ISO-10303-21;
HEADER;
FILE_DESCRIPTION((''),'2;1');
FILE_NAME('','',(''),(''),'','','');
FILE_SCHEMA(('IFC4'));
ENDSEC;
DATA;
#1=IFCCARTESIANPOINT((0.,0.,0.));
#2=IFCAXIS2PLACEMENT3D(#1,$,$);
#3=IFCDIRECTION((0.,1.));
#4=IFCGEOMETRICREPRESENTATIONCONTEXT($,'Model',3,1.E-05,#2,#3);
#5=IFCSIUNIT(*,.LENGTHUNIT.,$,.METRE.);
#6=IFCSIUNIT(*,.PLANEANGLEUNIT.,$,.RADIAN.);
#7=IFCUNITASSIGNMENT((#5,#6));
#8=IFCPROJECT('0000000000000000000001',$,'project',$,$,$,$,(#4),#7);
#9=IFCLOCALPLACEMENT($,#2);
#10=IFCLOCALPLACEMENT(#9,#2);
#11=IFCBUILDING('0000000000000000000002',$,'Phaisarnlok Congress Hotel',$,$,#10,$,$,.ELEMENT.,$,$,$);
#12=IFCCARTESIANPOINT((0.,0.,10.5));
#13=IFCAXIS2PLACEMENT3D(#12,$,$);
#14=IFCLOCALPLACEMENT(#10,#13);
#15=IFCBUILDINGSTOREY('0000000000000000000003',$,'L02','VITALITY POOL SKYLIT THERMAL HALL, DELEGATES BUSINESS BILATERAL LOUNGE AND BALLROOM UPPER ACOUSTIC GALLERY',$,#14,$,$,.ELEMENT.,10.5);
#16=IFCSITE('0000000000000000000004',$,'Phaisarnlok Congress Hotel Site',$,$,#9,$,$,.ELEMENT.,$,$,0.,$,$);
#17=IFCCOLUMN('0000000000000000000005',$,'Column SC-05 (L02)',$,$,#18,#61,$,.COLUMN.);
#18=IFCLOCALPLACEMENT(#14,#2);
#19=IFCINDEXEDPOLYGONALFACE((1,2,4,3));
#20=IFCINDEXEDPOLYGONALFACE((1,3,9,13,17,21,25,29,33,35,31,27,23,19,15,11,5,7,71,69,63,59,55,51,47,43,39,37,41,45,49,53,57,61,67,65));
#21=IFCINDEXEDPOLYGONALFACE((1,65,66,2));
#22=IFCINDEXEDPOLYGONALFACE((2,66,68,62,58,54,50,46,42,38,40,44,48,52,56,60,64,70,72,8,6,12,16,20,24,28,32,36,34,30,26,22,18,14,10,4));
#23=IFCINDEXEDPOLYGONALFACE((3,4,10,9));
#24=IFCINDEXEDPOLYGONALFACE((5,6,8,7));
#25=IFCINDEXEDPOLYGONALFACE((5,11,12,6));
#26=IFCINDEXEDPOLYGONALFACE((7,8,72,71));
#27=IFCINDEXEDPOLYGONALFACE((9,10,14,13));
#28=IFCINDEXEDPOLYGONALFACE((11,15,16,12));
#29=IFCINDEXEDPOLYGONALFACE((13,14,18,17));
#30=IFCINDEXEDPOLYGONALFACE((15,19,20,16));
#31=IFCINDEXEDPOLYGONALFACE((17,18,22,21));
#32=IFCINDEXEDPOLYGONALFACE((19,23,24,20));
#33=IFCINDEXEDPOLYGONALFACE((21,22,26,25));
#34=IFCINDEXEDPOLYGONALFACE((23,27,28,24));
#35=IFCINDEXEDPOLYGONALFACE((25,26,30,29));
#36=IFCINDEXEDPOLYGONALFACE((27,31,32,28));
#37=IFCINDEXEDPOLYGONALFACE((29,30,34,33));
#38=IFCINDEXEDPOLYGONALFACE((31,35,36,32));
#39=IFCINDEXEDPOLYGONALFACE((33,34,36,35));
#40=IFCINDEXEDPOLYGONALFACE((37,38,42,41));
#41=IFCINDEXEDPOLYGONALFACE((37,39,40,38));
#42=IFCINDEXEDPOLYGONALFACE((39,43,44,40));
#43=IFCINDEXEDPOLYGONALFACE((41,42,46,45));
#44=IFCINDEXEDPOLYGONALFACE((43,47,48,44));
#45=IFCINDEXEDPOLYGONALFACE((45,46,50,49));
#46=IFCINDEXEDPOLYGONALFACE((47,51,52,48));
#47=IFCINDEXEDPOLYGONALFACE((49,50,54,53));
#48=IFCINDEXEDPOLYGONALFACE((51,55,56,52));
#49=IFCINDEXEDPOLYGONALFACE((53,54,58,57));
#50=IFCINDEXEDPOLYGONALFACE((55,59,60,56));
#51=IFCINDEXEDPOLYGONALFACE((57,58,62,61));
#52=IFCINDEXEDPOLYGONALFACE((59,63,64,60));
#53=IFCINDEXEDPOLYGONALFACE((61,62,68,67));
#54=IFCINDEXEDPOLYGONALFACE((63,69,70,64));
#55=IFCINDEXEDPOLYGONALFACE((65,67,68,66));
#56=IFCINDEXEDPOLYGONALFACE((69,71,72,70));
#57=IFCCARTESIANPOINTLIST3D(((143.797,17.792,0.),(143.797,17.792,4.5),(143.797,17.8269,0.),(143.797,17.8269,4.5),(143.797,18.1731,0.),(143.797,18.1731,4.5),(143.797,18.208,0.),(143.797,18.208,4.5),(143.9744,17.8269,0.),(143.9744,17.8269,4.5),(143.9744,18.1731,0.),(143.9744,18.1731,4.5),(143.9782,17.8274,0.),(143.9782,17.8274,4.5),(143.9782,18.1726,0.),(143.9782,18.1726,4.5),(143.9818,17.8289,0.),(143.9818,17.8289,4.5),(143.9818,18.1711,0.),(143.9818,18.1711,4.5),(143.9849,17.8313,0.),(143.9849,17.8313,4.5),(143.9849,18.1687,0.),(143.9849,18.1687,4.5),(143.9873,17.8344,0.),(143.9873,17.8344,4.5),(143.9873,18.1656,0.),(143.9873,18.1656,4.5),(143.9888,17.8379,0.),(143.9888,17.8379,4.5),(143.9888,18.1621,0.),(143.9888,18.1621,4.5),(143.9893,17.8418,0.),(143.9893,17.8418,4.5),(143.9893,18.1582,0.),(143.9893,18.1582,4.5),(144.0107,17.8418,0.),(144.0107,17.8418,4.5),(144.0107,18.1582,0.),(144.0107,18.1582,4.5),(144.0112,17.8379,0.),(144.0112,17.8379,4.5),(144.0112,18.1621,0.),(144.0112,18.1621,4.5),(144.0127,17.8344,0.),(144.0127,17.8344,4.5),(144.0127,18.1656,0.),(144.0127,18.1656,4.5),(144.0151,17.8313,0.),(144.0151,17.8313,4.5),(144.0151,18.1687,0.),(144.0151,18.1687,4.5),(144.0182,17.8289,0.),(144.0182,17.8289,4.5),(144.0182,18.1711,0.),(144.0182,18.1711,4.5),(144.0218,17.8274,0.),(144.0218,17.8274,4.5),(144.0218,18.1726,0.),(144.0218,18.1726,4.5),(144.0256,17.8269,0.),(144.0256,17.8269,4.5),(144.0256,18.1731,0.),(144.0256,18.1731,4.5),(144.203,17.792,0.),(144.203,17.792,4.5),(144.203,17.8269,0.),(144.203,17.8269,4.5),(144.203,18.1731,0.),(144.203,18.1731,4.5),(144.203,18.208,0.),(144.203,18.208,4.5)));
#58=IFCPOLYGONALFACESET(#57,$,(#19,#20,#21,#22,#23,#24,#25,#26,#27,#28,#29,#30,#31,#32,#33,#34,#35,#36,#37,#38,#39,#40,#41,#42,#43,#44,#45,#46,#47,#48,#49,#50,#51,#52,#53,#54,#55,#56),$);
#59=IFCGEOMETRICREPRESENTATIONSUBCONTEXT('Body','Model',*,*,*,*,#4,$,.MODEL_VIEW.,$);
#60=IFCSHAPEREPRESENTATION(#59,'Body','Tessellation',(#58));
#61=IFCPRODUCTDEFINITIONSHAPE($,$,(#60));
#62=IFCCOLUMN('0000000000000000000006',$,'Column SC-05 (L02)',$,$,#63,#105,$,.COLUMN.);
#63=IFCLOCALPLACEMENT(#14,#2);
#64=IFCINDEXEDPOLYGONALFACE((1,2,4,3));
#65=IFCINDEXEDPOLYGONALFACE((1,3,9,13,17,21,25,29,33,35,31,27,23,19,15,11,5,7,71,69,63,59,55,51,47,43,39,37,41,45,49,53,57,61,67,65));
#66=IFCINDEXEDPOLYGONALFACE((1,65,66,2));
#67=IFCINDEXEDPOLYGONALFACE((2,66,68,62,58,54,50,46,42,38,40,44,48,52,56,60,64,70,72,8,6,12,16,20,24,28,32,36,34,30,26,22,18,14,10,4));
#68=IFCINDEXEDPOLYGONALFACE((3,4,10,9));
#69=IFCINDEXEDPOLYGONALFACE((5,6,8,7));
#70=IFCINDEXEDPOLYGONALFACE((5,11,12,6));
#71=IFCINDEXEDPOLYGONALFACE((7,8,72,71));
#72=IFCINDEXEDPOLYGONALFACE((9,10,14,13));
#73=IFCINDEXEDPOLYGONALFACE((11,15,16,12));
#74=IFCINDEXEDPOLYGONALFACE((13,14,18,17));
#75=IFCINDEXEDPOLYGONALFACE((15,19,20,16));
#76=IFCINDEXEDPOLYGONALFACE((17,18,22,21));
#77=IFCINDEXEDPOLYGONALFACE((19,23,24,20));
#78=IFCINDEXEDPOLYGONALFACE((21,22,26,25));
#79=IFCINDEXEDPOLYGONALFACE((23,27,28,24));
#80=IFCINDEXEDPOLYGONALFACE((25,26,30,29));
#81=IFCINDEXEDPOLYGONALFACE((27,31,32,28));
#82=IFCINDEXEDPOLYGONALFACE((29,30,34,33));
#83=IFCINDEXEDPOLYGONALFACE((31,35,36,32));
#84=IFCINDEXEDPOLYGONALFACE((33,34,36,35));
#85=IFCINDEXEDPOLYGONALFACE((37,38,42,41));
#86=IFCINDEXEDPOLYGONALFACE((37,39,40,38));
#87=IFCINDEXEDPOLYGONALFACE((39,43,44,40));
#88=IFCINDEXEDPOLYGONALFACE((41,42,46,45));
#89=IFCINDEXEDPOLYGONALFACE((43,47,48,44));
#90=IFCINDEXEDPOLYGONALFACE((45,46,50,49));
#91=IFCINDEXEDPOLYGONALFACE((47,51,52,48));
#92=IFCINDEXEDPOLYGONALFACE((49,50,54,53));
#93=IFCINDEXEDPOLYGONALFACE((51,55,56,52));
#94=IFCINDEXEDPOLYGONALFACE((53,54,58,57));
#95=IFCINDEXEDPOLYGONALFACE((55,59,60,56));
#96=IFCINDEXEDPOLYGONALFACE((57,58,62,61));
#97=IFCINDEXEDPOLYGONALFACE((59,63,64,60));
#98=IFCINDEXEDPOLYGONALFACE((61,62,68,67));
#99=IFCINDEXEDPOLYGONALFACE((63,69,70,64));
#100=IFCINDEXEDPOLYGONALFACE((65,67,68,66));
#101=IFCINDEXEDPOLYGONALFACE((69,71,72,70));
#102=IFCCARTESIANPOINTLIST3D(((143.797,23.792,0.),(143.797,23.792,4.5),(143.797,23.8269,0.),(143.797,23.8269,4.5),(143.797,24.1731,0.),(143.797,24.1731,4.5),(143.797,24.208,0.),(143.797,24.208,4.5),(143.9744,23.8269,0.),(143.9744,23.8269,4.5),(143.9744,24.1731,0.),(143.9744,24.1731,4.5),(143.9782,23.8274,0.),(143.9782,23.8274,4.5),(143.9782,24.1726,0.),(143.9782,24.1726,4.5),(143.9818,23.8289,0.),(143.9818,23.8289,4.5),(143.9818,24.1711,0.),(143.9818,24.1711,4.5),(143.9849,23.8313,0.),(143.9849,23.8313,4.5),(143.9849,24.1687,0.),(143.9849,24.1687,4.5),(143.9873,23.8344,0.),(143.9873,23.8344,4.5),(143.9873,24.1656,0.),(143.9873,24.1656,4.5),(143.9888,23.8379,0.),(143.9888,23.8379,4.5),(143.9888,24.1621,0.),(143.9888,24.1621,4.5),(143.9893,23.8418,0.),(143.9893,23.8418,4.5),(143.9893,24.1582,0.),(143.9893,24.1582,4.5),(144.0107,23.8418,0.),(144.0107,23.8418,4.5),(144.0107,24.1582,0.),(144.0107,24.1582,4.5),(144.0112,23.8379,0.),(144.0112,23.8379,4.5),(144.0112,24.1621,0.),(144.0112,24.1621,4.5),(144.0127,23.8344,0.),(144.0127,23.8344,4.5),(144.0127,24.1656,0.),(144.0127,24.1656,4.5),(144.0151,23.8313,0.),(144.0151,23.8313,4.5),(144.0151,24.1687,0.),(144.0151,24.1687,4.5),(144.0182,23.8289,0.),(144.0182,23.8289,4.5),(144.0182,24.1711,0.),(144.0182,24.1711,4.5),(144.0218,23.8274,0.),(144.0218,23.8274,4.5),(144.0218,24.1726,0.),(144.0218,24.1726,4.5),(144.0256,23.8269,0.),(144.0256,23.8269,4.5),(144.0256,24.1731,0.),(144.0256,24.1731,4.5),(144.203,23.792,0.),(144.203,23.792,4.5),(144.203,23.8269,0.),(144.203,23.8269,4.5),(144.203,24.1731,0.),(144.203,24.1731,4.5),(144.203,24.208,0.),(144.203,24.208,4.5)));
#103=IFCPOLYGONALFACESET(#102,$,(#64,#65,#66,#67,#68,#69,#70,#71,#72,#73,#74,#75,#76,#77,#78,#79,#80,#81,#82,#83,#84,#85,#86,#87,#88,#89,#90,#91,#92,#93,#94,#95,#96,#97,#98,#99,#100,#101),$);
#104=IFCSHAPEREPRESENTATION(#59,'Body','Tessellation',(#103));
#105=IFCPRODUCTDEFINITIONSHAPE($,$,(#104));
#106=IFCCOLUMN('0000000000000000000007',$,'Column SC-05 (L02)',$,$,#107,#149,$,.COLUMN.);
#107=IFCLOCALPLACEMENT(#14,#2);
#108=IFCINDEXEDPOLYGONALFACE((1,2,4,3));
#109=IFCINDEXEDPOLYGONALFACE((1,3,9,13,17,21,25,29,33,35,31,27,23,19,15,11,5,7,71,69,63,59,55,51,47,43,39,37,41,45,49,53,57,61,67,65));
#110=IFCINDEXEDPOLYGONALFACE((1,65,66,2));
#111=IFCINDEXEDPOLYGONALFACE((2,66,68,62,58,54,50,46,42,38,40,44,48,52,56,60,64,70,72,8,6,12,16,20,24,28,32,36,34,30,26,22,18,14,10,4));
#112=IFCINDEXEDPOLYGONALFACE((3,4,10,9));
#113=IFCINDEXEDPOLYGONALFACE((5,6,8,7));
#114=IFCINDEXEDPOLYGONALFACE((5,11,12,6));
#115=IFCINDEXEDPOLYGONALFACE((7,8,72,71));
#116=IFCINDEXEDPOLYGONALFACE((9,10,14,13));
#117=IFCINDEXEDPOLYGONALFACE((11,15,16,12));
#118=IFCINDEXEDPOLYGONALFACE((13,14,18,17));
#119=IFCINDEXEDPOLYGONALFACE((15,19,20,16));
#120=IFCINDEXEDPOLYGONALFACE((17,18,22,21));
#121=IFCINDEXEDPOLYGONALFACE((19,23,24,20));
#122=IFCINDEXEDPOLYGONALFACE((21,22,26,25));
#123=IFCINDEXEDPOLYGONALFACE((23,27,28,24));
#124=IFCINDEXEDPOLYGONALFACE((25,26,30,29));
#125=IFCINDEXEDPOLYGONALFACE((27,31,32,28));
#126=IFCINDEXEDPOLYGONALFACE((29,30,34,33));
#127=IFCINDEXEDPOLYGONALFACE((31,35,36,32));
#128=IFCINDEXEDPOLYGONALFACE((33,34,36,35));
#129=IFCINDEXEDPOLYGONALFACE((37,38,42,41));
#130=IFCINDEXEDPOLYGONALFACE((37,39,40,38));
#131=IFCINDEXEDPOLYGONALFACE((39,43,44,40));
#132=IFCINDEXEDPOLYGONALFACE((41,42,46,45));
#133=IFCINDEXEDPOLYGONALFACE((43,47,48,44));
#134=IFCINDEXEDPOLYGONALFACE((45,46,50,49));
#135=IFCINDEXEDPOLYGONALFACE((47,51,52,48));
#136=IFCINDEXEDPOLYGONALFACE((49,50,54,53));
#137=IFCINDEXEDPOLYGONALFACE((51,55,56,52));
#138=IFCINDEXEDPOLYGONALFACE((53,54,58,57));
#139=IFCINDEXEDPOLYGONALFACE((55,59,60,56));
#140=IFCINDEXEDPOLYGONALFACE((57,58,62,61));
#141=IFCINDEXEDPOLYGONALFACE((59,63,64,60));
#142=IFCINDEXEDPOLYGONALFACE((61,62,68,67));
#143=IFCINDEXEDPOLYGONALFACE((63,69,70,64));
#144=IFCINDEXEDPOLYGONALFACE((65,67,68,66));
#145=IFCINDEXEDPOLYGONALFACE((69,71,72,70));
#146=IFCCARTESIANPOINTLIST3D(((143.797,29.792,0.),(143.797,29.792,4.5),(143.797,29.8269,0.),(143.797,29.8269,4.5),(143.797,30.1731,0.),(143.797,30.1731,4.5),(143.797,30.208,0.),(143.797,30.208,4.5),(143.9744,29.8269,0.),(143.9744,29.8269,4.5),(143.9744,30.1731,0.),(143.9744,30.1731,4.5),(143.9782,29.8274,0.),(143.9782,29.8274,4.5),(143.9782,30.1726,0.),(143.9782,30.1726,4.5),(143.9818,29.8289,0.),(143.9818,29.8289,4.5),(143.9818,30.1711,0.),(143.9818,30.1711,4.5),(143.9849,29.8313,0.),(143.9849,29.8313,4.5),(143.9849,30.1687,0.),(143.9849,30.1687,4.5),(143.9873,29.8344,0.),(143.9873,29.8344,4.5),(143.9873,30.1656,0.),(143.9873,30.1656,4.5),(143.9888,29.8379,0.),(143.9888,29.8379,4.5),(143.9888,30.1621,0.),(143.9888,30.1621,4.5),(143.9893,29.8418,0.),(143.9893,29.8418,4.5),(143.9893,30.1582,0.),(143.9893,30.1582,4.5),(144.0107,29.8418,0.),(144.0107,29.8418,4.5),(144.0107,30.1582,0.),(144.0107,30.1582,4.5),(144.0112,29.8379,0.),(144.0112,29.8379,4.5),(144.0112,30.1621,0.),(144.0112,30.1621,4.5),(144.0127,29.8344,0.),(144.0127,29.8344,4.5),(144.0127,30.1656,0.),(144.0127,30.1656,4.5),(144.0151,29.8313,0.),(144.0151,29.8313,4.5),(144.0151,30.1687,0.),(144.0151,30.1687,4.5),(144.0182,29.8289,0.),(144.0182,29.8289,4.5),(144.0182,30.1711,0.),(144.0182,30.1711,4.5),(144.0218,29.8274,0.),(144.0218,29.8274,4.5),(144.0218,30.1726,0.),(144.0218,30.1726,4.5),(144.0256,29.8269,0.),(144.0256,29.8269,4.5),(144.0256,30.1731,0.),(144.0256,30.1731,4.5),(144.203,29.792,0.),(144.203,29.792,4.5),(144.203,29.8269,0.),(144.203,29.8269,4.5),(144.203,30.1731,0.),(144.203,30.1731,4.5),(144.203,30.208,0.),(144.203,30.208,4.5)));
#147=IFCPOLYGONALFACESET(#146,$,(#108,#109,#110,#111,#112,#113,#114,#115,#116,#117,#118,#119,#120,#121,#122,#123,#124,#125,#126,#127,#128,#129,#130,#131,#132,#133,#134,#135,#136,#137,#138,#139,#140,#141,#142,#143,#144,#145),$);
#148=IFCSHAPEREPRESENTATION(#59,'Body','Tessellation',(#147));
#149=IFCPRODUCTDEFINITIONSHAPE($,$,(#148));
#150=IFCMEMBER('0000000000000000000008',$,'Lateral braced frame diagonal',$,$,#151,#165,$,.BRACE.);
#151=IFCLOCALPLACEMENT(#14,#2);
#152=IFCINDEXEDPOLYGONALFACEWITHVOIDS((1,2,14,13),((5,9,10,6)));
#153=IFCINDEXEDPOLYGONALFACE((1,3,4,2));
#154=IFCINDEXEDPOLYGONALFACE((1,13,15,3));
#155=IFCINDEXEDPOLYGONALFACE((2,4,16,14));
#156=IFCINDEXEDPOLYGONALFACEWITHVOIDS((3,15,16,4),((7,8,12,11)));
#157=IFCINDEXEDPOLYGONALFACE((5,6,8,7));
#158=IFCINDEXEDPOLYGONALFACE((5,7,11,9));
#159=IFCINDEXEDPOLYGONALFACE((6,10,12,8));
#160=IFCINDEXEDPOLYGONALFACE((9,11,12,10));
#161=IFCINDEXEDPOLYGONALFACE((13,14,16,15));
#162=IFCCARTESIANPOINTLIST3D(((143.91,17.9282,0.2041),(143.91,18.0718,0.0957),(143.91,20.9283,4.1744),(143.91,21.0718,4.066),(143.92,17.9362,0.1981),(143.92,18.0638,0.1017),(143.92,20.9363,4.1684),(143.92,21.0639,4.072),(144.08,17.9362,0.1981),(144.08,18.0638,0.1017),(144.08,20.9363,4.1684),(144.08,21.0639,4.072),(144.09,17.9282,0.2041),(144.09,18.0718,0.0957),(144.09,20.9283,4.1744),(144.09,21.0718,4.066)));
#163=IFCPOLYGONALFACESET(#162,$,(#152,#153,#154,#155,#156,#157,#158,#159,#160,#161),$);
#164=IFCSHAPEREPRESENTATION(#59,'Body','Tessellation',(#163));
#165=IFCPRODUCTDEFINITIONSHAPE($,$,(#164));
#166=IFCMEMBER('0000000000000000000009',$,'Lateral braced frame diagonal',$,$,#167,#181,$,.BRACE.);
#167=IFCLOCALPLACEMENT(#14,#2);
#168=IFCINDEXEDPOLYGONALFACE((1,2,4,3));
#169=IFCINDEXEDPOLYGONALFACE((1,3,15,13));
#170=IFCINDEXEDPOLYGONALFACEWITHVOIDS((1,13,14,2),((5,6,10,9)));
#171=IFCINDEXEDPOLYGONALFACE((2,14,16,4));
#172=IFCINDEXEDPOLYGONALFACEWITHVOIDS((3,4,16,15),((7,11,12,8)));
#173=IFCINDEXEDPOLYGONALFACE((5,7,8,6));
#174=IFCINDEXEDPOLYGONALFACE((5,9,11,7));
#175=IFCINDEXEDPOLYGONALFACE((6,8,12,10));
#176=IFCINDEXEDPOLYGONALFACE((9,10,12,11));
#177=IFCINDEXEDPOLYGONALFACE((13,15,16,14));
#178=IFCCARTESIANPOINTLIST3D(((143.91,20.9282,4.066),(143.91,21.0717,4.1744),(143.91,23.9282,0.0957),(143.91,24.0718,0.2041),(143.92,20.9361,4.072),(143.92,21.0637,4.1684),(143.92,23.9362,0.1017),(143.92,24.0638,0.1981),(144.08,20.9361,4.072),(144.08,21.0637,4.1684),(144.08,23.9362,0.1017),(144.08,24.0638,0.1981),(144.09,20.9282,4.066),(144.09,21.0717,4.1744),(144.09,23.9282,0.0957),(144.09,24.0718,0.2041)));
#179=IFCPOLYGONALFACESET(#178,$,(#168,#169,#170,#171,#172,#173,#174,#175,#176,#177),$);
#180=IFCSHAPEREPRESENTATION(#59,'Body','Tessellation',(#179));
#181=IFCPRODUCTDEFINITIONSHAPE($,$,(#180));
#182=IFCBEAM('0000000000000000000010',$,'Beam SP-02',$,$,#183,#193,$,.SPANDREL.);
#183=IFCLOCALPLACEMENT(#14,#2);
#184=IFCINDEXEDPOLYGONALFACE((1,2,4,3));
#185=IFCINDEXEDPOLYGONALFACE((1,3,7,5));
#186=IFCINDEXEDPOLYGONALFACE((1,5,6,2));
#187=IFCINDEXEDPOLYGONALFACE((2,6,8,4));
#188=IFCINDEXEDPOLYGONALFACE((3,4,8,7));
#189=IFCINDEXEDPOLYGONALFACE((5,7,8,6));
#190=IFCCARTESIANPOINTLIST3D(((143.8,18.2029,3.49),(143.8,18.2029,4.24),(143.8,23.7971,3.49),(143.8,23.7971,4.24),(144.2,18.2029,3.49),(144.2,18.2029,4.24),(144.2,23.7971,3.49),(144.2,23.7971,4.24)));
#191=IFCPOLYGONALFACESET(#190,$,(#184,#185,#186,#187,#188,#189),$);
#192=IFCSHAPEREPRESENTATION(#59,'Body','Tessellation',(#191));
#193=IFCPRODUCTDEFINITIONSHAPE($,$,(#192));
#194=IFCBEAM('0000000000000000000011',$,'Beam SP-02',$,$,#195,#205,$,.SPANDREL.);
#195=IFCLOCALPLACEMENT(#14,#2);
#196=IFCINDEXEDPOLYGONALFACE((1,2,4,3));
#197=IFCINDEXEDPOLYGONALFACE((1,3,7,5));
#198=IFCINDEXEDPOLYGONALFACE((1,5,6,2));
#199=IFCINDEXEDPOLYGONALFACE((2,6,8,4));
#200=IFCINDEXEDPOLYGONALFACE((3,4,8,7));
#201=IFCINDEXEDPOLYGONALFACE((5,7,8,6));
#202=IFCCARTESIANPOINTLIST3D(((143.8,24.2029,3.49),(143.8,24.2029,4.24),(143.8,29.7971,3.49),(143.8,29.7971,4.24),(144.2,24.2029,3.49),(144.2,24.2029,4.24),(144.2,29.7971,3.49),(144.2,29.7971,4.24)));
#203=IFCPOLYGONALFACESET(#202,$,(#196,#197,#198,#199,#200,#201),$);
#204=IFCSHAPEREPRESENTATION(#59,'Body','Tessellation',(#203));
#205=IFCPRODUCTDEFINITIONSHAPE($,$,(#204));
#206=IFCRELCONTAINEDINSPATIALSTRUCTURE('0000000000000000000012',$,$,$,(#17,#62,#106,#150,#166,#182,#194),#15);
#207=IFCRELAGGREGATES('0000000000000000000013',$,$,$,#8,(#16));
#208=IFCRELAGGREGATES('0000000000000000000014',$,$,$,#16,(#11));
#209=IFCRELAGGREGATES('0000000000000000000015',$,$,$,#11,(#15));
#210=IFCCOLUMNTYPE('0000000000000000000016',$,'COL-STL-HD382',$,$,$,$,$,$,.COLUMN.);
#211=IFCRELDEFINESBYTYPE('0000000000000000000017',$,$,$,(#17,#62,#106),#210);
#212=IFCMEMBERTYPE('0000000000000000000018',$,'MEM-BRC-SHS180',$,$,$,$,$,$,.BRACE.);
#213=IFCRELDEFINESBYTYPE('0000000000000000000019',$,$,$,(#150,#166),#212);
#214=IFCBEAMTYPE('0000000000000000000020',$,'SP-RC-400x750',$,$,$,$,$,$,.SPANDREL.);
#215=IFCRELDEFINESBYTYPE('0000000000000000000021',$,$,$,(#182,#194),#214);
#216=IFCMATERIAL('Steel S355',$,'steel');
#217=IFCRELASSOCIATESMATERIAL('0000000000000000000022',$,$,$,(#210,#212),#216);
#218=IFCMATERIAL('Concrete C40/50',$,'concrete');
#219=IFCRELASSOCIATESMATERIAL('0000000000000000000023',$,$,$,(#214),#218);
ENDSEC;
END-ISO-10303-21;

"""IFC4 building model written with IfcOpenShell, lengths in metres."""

from ifc_helpers import new_model, si_unit, direction, frame, origin, origin_2d, place, context, subcontext, project, spatial, rectangle, hollow_rectangle, i_section, extrude, material, material_profile, profile_set, type_object, element, save


model = new_model("IFC4")

# Units and contexts
model_context = context("Model", 3, precision=1e-05, world=origin(), true_north=direction((0.0, 1.0)))
body_context = subcontext(model_context, "Body", "Model", "MODEL_VIEW")
ifc_project = project(units=[si_unit("LENGTHUNIT", "METRE"), si_unit("PLANEANGLEUNIT", "RADIAN")], contexts=[model_context])

# Site, building, storey
site_placement = place(None, origin())
site = spatial("IfcSite", under=ifc_project, at=site_placement, Name="Phaisarnlok Congress Hotel Site", CompositionType="ELEMENT", RefElevation=0.0)
building_placement = place(site_placement, origin())
building = spatial("IfcBuilding", under=site, at=building_placement, Name="Phaisarnlok Congress Hotel", CompositionType="ELEMENT")
storey_placement = place(building_placement, frame((0.0, 0.0, 10.5)))
storey = spatial("IfcBuildingStorey", under=building, at=storey_placement, Name="L02", Description="VITALITY POOL SKYLIT THERMAL HALL, DELEGATES BUSINESS BILATERAL LOUNGE AND BALLROOM UPPER ACOUSTIC GALLERY", CompositionType="ELEMENT", Elevation=10.5)

# Columns
ifc_material_1 = material(Name="Steel S355", Category="steel")
ifc_material_profile_1 = material_profile(ifc_material_1, i_section(OverallWidth=0.406, OverallDepth=0.416, WebThickness=0.0215, FlangeThickness=0.0349, FilletRadius=0.0149, at=origin_2d()), Name="HD 400x382")
ifc_profile_set_1 = profile_set([ifc_material_profile_1], Name="Steel S355")
column_type = type_object("IfcColumnType", Name="COL-STL-HD382", PredefinedType="COLUMN", material=ifc_profile_set_1)
for number, where, z_axis, x_axis, name in (
    (1, (144.0, 18.0, 0.0), (0.0, 0.0, 1.0), (1.0, 0.0, 0.0), "Column SC-05 (L02)"),
    (2, (144.0, 24.0, 0.0), (0.0, 0.0, 1.0), (1.0, 0.0, 0.0), "Column SC-05 (L02)"),
    (3, (144.0, 30.0, 0.0), (0.0, 0.0, 1.0), (1.0, 0.0, 0.0), "Column SC-05 (L02)"),
):
    element("IfcColumn", number, at=place(storey_placement, frame(where, z_axis=z_axis, x_axis=x_axis)), inside=storey, type_object=column_type, Name=name, PredefinedType="COLUMN", context=body_context, shape_type="SweptSolid", body=[
        extrude(i_section(OverallWidth=0.406, OverallDepth=0.416, WebThickness=0.0215, FlangeThickness=0.0349, FilletRadius=0.0149, at=origin_2d()), origin(), (0.0, 0.0, 1.0), 4.5),
    ])

# Members
ifc_material_profile_2 = material_profile(ifc_material_1, hollow_rectangle(XDim=0.1799, YDim=0.1799, WallThickness=0.01, at=origin_2d()), Name="SHS 180x180x10")
ifc_profile_set_2 = profile_set([ifc_material_profile_2], Name="Steel S355")
member_type = type_object("IfcMemberType", Name="MEM-BRC-SHS180", PredefinedType="BRACE", material=ifc_profile_set_2)
for number, where, z_axis, x_axis, name in (
    (4, (144.0, 18.0, 0.1499), (0.0, 0.602869, 0.79784), (-1.0, 0.0, 0.0), "Lateral braced frame diagonal"),
    (5, (144.0, 24.0, 0.1499), (0.0, -0.602869, 0.79784), (1.0, 0.0, 0.0), "Lateral braced frame diagonal"),
):
    element("IfcMember", number, at=place(storey_placement, frame(where, z_axis=z_axis, x_axis=x_axis)), inside=storey, type_object=member_type, Name=name, PredefinedType="BRACE", context=body_context, shape_type="SweptSolid", body=[
        extrude(hollow_rectangle(XDim=0.1799, YDim=0.1799, WallThickness=0.01, at=origin_2d()), origin(), (0.0, 0.0, 1.0), 4.9763),
    ])

# Beams
ifc_material_2 = material(Name="Concrete C40/50", Category="concrete")
ifc_material_profile_3 = material_profile(ifc_material_2, rectangle(XDim=0.3999, YDim=0.75, at=origin_2d()), Name="RC 400x750")
ifc_profile_set_3 = profile_set([ifc_material_profile_3], Name="Concrete C40/50")
beam_type = type_object("IfcBeamType", Name="SP-RC-400x750", PredefinedType="SPANDREL", material=ifc_profile_set_3)
for number, where, z_axis, x_axis, name in (
    (6, (144.0, 18.2029, 3.865), (0.0, 1.0, 0.0), (-1.0, 0.0, 0.0), "Beam SP-02"),
    (7, (144.0, 24.2029, 3.865), (0.0, 1.0, 0.0), (-1.0, 0.0, 0.0), "Beam SP-02"),
):
    element("IfcBeam", number, at=place(storey_placement, frame(where, z_axis=z_axis, x_axis=x_axis)), inside=storey, type_object=beam_type, Name=name, PredefinedType="SPANDREL", context=body_context, shape_type="SweptSolid", body=[
        extrude(rectangle(XDim=0.3999, YDim=0.75, at=origin_2d()), origin(), (0.0, 0.0, 1.0), 5.5942),
    ])

save(model, "model.ifc")
